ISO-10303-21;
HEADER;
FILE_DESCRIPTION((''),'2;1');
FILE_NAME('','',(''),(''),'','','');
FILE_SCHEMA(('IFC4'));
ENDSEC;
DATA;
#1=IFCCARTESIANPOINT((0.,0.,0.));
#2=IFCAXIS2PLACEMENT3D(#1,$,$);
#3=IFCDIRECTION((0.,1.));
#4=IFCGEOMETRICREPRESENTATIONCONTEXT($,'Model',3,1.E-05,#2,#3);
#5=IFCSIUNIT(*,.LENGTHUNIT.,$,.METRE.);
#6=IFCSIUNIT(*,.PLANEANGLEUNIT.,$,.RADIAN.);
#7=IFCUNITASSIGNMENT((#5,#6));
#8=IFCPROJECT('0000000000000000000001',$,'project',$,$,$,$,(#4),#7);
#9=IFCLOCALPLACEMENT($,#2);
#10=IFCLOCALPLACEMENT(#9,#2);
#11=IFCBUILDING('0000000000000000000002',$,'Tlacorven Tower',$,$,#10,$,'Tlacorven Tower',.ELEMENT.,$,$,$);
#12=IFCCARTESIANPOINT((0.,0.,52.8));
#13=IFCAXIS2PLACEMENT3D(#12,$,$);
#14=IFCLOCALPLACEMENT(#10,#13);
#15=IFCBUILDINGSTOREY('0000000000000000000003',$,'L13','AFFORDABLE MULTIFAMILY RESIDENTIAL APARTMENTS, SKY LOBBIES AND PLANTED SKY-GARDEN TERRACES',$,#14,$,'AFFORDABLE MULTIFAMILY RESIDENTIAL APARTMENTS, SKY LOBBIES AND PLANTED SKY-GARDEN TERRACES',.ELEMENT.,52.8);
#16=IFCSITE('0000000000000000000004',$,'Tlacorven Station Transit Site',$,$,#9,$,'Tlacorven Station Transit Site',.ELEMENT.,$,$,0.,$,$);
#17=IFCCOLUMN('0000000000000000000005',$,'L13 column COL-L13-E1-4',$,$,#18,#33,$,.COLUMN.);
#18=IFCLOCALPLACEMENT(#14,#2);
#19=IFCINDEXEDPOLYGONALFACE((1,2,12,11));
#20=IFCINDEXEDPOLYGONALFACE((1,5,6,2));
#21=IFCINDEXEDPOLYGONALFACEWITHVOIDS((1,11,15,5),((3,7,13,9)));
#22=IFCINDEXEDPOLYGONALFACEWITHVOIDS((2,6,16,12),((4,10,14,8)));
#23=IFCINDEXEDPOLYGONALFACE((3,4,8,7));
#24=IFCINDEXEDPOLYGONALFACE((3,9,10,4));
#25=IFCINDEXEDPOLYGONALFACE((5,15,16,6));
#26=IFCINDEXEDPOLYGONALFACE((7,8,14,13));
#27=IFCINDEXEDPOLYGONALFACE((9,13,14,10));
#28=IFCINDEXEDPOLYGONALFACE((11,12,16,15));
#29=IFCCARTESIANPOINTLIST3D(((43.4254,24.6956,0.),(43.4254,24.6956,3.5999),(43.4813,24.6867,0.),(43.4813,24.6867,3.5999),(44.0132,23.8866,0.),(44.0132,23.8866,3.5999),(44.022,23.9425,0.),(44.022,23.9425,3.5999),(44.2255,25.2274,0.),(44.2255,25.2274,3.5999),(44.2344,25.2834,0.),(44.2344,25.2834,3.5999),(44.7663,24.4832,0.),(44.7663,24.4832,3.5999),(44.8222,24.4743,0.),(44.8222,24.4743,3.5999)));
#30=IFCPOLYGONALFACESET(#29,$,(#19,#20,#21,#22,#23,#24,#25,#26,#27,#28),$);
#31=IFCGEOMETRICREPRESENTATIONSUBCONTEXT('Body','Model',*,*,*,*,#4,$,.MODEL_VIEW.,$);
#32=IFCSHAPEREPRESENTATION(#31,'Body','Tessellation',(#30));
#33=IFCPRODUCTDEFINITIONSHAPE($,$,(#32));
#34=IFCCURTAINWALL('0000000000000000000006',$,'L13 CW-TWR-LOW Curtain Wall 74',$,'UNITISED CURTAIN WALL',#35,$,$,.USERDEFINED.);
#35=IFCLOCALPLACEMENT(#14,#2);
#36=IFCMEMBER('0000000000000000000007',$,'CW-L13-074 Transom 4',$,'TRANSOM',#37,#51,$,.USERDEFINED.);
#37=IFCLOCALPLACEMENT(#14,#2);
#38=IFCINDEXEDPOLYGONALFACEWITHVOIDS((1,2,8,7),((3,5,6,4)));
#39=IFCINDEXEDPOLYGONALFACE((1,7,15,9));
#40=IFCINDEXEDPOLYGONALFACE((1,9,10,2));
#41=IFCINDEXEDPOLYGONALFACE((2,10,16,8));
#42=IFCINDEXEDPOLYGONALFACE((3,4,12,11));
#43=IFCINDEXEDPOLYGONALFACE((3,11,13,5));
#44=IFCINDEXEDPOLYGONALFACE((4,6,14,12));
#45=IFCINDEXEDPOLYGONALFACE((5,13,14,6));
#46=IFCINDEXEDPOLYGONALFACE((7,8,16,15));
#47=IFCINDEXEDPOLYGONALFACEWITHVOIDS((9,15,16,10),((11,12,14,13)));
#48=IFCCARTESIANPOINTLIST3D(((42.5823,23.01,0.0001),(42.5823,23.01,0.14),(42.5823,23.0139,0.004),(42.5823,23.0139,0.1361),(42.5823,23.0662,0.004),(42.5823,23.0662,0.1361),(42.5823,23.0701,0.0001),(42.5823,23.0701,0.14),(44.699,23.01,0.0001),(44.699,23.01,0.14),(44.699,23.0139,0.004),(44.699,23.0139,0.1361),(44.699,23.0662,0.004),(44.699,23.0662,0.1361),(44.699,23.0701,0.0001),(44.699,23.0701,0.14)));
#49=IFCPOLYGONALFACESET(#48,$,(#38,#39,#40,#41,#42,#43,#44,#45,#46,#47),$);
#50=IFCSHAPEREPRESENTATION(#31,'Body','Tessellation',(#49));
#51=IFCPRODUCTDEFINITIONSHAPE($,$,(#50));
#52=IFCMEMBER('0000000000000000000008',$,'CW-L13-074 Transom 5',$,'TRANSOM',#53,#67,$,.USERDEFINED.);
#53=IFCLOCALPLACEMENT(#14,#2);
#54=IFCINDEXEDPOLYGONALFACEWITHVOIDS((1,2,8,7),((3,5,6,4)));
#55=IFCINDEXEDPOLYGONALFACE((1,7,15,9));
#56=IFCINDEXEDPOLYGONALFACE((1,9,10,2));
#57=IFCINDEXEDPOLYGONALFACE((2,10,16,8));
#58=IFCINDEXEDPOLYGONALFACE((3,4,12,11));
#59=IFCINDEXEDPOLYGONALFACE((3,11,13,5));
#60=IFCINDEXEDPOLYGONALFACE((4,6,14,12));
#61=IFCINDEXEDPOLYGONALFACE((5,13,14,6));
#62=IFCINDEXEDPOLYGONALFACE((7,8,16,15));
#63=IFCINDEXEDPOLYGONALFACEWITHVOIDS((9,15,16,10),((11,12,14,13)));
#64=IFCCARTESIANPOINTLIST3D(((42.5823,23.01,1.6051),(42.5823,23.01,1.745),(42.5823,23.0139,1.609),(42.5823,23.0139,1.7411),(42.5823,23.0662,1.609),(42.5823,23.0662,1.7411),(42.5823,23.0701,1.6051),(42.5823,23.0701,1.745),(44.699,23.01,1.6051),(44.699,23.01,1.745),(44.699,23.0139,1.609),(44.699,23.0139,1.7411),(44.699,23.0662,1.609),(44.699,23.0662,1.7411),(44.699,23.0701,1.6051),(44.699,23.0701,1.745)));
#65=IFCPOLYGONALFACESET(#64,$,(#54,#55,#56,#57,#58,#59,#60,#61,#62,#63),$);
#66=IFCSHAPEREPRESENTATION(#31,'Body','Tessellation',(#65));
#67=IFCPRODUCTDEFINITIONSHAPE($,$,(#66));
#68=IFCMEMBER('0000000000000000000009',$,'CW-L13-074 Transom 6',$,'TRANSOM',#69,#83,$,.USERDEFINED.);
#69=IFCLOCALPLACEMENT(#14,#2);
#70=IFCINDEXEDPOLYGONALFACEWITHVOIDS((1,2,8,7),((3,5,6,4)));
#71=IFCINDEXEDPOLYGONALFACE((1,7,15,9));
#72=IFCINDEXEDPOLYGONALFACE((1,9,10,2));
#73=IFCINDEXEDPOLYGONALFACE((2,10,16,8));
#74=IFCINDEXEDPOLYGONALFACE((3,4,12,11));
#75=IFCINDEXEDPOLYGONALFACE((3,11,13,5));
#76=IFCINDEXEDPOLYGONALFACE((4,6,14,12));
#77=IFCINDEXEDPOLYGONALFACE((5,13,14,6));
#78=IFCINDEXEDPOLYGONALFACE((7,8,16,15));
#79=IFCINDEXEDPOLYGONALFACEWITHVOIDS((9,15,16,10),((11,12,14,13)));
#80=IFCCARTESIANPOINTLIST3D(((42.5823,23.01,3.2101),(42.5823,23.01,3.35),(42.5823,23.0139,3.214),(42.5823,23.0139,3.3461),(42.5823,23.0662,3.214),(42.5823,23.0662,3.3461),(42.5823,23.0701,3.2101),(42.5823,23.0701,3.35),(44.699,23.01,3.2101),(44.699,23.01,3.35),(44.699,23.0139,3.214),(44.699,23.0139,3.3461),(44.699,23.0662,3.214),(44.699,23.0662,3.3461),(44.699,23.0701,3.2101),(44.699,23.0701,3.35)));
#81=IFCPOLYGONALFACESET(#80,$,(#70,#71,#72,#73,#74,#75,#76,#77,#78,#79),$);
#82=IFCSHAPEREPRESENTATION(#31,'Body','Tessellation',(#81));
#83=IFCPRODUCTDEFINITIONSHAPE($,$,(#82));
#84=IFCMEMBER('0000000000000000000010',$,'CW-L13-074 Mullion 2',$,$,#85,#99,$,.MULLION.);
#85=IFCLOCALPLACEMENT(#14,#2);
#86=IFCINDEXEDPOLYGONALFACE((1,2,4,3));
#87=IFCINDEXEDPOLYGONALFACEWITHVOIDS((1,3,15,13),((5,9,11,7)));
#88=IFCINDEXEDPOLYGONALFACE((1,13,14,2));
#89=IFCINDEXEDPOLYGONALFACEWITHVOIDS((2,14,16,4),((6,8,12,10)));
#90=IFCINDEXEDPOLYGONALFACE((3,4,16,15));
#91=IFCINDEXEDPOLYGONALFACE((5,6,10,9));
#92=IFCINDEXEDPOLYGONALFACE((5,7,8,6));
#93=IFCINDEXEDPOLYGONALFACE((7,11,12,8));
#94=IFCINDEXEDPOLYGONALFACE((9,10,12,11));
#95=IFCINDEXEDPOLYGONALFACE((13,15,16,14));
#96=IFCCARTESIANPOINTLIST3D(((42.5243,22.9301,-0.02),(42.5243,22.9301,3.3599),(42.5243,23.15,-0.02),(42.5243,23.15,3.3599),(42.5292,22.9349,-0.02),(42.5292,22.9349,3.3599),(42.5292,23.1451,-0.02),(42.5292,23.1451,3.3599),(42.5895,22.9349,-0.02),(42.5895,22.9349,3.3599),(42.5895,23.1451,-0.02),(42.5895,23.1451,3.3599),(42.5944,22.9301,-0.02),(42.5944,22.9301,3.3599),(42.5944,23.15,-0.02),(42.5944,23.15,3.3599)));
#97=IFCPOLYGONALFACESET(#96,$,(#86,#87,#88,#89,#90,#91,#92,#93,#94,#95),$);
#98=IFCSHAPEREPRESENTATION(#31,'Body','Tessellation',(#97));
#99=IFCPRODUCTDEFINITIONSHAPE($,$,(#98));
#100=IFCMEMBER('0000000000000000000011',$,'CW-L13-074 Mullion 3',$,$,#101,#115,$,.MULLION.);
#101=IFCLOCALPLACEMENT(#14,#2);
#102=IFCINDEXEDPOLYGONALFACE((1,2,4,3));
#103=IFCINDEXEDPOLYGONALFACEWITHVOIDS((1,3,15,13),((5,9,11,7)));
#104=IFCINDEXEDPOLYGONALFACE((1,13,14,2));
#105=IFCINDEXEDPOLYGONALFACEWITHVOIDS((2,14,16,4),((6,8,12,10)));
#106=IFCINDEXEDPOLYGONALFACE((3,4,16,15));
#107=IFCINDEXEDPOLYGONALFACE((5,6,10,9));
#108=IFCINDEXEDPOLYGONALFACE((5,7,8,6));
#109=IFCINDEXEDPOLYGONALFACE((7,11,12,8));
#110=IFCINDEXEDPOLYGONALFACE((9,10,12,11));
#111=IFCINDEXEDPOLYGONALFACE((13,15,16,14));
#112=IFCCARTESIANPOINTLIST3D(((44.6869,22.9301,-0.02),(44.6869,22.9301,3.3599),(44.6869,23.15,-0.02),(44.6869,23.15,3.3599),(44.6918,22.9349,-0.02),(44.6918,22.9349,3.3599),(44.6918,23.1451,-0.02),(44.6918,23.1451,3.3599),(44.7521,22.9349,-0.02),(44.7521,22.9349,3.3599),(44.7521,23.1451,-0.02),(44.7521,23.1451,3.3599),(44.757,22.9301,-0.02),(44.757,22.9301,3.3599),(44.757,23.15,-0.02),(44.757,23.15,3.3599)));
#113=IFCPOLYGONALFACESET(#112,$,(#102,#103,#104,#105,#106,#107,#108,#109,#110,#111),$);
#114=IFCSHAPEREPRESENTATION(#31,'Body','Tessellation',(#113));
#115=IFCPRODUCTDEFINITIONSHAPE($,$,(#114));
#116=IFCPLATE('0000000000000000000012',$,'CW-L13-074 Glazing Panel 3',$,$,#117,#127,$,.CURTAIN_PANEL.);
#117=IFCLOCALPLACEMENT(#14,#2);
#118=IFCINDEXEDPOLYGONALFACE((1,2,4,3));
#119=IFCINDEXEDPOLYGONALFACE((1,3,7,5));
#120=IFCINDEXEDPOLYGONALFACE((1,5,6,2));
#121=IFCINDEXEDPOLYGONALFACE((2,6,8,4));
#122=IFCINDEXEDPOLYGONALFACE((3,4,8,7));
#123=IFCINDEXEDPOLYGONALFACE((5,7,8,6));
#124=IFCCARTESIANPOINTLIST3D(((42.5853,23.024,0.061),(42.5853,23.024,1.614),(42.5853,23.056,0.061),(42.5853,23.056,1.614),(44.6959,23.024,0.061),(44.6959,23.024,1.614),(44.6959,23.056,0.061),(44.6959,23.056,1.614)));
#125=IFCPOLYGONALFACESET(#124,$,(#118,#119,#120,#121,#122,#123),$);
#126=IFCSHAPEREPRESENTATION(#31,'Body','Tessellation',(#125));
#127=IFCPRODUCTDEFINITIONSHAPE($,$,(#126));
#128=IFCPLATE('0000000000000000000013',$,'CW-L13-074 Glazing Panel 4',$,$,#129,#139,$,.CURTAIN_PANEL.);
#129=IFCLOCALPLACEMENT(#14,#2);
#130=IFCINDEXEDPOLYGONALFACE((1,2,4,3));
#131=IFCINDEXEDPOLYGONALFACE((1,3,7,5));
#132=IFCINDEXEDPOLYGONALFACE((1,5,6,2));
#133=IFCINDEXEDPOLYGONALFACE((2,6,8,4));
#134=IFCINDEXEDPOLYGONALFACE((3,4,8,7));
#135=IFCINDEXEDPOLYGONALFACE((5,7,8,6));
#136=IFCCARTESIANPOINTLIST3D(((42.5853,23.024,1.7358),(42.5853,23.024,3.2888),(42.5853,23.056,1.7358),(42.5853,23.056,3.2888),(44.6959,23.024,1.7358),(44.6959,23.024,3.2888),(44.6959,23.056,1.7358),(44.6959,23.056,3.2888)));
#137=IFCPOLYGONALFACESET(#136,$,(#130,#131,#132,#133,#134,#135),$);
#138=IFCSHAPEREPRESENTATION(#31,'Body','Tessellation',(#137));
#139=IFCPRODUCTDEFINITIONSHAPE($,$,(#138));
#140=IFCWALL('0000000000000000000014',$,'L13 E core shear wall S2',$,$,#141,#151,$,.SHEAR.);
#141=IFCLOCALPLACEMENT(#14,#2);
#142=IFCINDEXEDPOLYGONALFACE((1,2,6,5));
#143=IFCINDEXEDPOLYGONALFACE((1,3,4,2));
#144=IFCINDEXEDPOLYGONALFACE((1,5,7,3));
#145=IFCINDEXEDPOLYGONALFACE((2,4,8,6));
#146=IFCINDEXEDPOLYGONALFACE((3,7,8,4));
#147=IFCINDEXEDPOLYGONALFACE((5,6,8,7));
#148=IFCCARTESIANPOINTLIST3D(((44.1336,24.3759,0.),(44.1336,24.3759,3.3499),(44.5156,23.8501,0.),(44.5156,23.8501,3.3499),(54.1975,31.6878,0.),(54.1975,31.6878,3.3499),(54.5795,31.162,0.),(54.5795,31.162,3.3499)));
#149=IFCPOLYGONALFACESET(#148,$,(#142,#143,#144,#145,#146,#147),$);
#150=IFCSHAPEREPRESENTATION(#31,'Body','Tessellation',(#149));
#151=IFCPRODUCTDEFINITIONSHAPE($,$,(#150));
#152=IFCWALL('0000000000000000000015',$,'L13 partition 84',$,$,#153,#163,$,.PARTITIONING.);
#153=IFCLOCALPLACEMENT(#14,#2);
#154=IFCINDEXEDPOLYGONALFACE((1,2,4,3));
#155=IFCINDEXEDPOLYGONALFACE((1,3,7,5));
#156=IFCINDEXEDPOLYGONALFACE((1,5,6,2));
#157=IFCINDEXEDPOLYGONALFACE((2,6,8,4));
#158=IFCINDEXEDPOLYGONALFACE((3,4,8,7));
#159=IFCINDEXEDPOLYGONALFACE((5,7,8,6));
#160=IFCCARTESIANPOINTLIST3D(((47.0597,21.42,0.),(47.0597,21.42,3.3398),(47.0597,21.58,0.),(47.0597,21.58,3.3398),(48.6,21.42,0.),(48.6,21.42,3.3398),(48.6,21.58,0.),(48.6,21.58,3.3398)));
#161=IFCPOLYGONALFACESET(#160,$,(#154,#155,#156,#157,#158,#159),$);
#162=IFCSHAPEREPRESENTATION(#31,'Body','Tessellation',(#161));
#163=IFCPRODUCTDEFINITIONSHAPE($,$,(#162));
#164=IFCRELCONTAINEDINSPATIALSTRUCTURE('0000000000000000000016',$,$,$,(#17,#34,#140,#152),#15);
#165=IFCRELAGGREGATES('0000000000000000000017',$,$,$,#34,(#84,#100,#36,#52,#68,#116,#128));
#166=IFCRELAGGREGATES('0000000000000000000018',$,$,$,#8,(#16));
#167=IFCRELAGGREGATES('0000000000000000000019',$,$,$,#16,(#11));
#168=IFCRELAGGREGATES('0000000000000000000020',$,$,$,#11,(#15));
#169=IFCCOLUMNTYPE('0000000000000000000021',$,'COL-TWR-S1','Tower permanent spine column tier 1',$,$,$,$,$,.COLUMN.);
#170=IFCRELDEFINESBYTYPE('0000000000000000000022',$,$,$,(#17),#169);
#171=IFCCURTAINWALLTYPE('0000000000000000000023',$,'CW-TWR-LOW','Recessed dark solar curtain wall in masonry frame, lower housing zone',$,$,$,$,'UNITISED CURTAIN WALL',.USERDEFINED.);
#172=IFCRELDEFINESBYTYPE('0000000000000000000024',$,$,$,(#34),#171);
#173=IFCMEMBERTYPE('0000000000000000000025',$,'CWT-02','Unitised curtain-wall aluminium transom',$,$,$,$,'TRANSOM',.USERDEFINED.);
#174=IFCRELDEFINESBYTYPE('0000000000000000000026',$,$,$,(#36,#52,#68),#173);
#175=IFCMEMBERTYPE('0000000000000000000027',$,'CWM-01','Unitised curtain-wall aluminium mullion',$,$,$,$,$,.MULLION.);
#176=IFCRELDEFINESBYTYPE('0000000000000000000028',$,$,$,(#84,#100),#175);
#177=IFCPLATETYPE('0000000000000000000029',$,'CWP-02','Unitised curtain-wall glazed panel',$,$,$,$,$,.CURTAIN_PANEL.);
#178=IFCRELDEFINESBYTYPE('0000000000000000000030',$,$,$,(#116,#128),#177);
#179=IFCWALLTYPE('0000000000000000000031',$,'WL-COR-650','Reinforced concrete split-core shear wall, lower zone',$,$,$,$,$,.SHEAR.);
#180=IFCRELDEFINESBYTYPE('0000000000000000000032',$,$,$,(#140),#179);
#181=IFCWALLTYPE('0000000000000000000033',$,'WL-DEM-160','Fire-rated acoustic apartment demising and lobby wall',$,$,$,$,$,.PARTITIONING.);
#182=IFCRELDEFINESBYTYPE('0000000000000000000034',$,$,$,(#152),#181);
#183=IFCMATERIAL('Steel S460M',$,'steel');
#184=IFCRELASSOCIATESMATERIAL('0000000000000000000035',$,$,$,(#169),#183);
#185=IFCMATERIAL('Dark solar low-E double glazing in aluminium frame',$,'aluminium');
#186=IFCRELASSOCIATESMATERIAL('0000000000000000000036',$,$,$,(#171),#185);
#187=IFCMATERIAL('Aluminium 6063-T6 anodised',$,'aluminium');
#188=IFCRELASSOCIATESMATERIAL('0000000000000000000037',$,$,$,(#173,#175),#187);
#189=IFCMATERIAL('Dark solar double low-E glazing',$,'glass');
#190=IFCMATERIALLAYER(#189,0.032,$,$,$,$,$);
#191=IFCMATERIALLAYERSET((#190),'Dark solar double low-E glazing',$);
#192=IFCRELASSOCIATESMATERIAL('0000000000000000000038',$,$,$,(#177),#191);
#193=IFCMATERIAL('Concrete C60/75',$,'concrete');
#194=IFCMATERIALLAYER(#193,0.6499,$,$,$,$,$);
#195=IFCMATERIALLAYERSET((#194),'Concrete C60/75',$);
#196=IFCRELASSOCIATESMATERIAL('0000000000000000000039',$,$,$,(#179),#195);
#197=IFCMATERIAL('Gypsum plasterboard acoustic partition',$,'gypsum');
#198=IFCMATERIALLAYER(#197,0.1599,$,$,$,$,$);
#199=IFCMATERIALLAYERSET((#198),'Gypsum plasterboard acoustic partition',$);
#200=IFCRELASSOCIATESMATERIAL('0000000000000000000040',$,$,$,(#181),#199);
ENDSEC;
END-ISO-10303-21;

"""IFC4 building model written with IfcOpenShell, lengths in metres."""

from ifc_helpers import new_model, si_unit, direction, frame, frame_2d, origin, origin_2d, place, context, subcontext, project, spatial, rectangle, hollow_rectangle, extrude, source, transform, mapped, material, layer, layer_set, material_profile, profile_set, type_object, element, aggregate, save


model = new_model("IFC4")

# Units and contexts
model_context = context("Model", 3, precision=1e-05, world=origin(), true_north=direction((0.0, 1.0)))
body_context = subcontext(model_context, "Body", "Model", "MODEL_VIEW")
ifc_project = project(units=[si_unit("LENGTHUNIT", "METRE"), si_unit("PLANEANGLEUNIT", "RADIAN")], contexts=[model_context])

# Site, building, storey
site_placement = place(None, origin())
site = spatial("IfcSite", under=ifc_project, at=site_placement, Name="Tlacorven Station Transit Site", LongName="Tlacorven Station Transit Site", CompositionType="ELEMENT", RefElevation=0.0)
building_placement = place(site_placement, origin())
building = spatial("IfcBuilding", under=site, at=building_placement, Name="Tlacorven Tower", LongName="Tlacorven Tower", CompositionType="ELEMENT")
storey_placement = place(building_placement, frame((0.0, 0.0, 52.8)))
storey = spatial("IfcBuildingStorey", under=building, at=storey_placement, Name="L13", Description="AFFORDABLE MULTIFAMILY RESIDENTIAL APARTMENTS, SKY LOBBIES AND PLANTED SKY-GARDEN TERRACES", LongName="AFFORDABLE MULTIFAMILY RESIDENTIAL APARTMENTS, SKY LOBBIES AND PLANTED SKY-GARDEN TERRACES", CompositionType="ELEMENT", Elevation=52.8)

# Column
ifc_material_1 = material(Name="Steel S460M", Category="steel")
ifc_material_profile_1 = material_profile(ifc_material_1, hollow_rectangle(XDim=1.0, YDim=1.0, WallThickness=0.04, at=origin_2d()), Name="BOX 1000X1000X40")
ifc_profile_set_1 = profile_set([ifc_material_profile_1], Name="Steel S460M")
column_type = type_object("IfcColumnType", Name="COL-TWR-S1", Description="Tower permanent spine column tier 1", PredefinedType="COLUMN", material=ifc_profile_set_1)
shared_shape_1 = source(origin(), body_context, "Body", "SweptSolid", [
    extrude(hollow_rectangle(XDim=1.0, YDim=1.0, WallThickness=0.04, at=origin_2d()), origin(), (0.0, 0.0, 1.0), 3.5999),
])
column_placement = place(storey_placement, frame((44.1238, 24.585, 0.0), z_axis=(0.0, 0.0, 1.0), x_axis=(0.809017, 0.587785, 0.0)))
element("IfcColumn", 1, at=column_placement, inside=storey, type_object=column_type, Name="L13 column COL-L13-E1-4", PredefinedType="COLUMN", context=body_context, shape_type="MappedRepresentation", body=[
    mapped(shared_shape_1, transform((0.0, 0.0, 0.0), scale=1.0)),
])

# Curtain wall, members, plates
ifc_material_2 = material(Name="Dark solar low-E double glazing in aluminium frame", Category="aluminium")
curtain_wall_type = type_object("IfcCurtainWallType", Name="CW-TWR-LOW", Description="Recessed dark solar curtain wall in masonry frame, lower housing zone", ElementType="UNITISED CURTAIN WALL", PredefinedType="USERDEFINED", material=ifc_material_2)
curtain_wall_placement = place(storey_placement, origin())
curtain_wall = element("IfcCurtainWall", 2, at=curtain_wall_placement, inside=storey, type_object=curtain_wall_type, Name="L13 CW-TWR-LOW Curtain Wall 74", ObjectType="UNITISED CURTAIN WALL", PredefinedType="USERDEFINED")
ifc_material_3 = material(Name="Aluminium 6063-T6 anodised", Category="aluminium")
ifc_material_profile_2 = material_profile(ifc_material_3, hollow_rectangle(XDim=0.0601, YDim=0.1399, WallThickness=0.0039, at=origin_2d()), Name="ALU TRANSOM 60X140")
ifc_profile_set_2 = profile_set([ifc_material_profile_2], Name="Aluminium 6063-T6 anodised")
member_type_1 = type_object("IfcMemberType", Name="CWT-02", Description="Unitised curtain-wall aluminium transom", ElementType="TRANSOM", PredefinedType="USERDEFINED", material=ifc_profile_set_2)
shared_shape_2 = source(origin(), body_context, "Body", "SweptSolid", [
    extrude(hollow_rectangle(XDim=0.0601, YDim=0.1399, WallThickness=0.0039, at=origin_2d()), origin(), (0.0, 0.0, 1.0), 2.1167),
])
member_1_placement = place(storey_placement, frame((42.5823, 23.04, 0.0701), z_axis=(1.0, 0.0, 0.0), x_axis=(0.0, 1.0, 0.0)))
member_1 = element("IfcMember", 3, at=member_1_placement, type_object=member_type_1, Name="CW-L13-074 Transom 4", ObjectType="TRANSOM", PredefinedType="USERDEFINED", context=body_context, shape_type="MappedRepresentation", body=[
    mapped(shared_shape_2, transform((0.0, 0.0, 0.0), scale=1.0)),
])
member_2_placement = place(storey_placement, frame((42.5823, 23.04, 1.675), z_axis=(1.0, 0.0, 0.0), x_axis=(0.0, 1.0, 0.0)))
member_2 = element("IfcMember", 4, at=member_2_placement, type_object=member_type_1, Name="CW-L13-074 Transom 5", ObjectType="TRANSOM", PredefinedType="USERDEFINED", context=body_context, shape_type="MappedRepresentation", body=[
    mapped(shared_shape_2, transform((0.0, 0.0, 0.0), scale=1.0)),
])
member_3_placement = place(storey_placement, frame((42.5823, 23.04, 3.28), z_axis=(1.0, 0.0, 0.0), x_axis=(0.0, 1.0, 0.0)))
member_3 = element("IfcMember", 5, at=member_3_placement, type_object=member_type_1, Name="CW-L13-074 Transom 6", ObjectType="TRANSOM", PredefinedType="USERDEFINED", context=body_context, shape_type="MappedRepresentation", body=[
    mapped(shared_shape_2, transform((0.0, 0.0, 0.0), scale=1.0)),
])
ifc_material_profile_3 = material_profile(ifc_material_3, hollow_rectangle(XDim=0.0701, YDim=0.22, WallThickness=0.0049, at=origin_2d()), Name="ALU MULLION 70X220")
ifc_profile_set_3 = profile_set([ifc_material_profile_3], Name="Aluminium 6063-T6 anodised")
member_type_2 = type_object("IfcMemberType", Name="CWM-01", Description="Unitised curtain-wall aluminium mullion", PredefinedType="MULLION", material=ifc_profile_set_3)
shared_shape_3 = source(origin(), body_context, "Body", "SweptSolid", [
    extrude(hollow_rectangle(XDim=0.0701, YDim=0.22, WallThickness=0.0049, at=origin_2d()), origin(), (0.0, 0.0, 1.0), 3.3799),
])
member_4_placement = place(storey_placement, frame((42.5593, 23.04, -0.02), z_axis=(0.0, 0.0, 1.0), x_axis=(1.0, 0.0, 0.0)))
member_4 = element("IfcMember", 6, at=member_4_placement, type_object=member_type_2, Name="CW-L13-074 Mullion 2", PredefinedType="MULLION", context=body_context, shape_type="MappedRepresentation", body=[
    mapped(shared_shape_3, transform((0.0, 0.0, 0.0), scale=1.0)),
])
member_5_placement = place(storey_placement, frame((44.7219, 23.04, -0.02), z_axis=(0.0, 0.0, 1.0), x_axis=(1.0, 0.0, 0.0)))
member_5 = element("IfcMember", 7, at=member_5_placement, type_object=member_type_2, Name="CW-L13-074 Mullion 3", PredefinedType="MULLION", context=body_context, shape_type="MappedRepresentation", body=[
    mapped(shared_shape_3, transform((0.0, 0.0, 0.0), scale=1.0)),
])
ifc_material_4 = material(Name="Dark solar double low-E glazing", Category="glass")
ifc_layer_1 = layer(ifc_material_4, 0.032)
ifc_layer_set_1 = layer_set([ifc_layer_1], Name="Dark solar double low-E glazing")
plate_type = type_object("IfcPlateType", Name="CWP-02", Description="Unitised curtain-wall glazed panel", PredefinedType="CURTAIN_PANEL", material=ifc_layer_set_1)
shared_shape_4 = source(origin(), body_context, "Body", "SweptSolid", [
    extrude(rectangle(XDim=2.1106, YDim=0.032, at=origin_2d()), origin(), (0.0, 0.0, 1.0), 1.553),
])
plate_1_placement = place(storey_placement, frame((43.6406, 23.04, 0.061), z_axis=(0.0, 0.0, 1.0), x_axis=(1.0, 0.0, 0.0)))
plate_1 = element("IfcPlate", 8, at=plate_1_placement, type_object=plate_type, Name="CW-L13-074 Glazing Panel 3", PredefinedType="CURTAIN_PANEL", context=body_context, shape_type="MappedRepresentation", body=[
    mapped(shared_shape_4, transform((0.0, 0.0, 0.0), scale=1.0)),
])
plate_2_placement = place(storey_placement, frame((43.6406, 23.04, 1.7358), z_axis=(0.0, 0.0, 1.0), x_axis=(1.0, 0.0, 0.0)))
plate_2 = element("IfcPlate", 9, at=plate_2_placement, type_object=plate_type, Name="CW-L13-074 Glazing Panel 4", PredefinedType="CURTAIN_PANEL", context=body_context, shape_type="MappedRepresentation", body=[
    mapped(shared_shape_4, transform((0.0, 0.0, 0.0), scale=1.0)),
])
aggregate(curtain_wall, [member_4, member_5, member_1, member_2, member_3, plate_1, plate_2])

# Walls
ifc_material_5 = material(Name="Concrete C60/75", Category="concrete")
ifc_layer_2 = layer(ifc_material_5, 0.6499)
ifc_layer_set_2 = layer_set([ifc_layer_2], Name="Concrete C60/75")
wall_type_1 = type_object("IfcWallType", Name="WL-COR-650", Description="Reinforced concrete split-core shear wall, lower zone", PredefinedType="SHEAR", material=ifc_layer_set_2)
wall_1_placement = place(storey_placement, frame((44.3247, 24.113, 0.0), z_axis=(0.0, 0.0, 1.0), x_axis=(0.809013, 0.587791, 0.0)))
element("IfcWall", 10, at=wall_1_placement, inside=storey, type_object=wall_type_1, Name="L13 E core shear wall S2", PredefinedType="SHEAR", context=body_context, shape_type="SweptSolid", body=[
    extrude(rectangle(XDim=12.4397, YDim=0.6499, at=frame_2d((6.2197, 0.0))), origin(), (0.0, 0.0, 1.0), 3.3499),
])
ifc_material_6 = material(Name="Gypsum plasterboard acoustic partition", Category="gypsum")
ifc_layer_3 = layer(ifc_material_6, 0.1599)
ifc_layer_set_3 = layer_set([ifc_layer_3], Name="Gypsum plasterboard acoustic partition")
wall_type_2 = type_object("IfcWallType", Name="WL-DEM-160", Description="Fire-rated acoustic apartment demising and lobby wall", PredefinedType="PARTITIONING", material=ifc_layer_set_3)
wall_2_placement = place(storey_placement, frame((47.0598, 21.5, 0.0), z_axis=(0.0, 0.0, 1.0), x_axis=(1.0, 0.0, 0.0)))
element("IfcWall", 11, at=wall_2_placement, inside=storey, type_object=wall_type_2, Name="L13 partition 84", PredefinedType="PARTITIONING", context=body_context, shape_type="SweptSolid", body=[
    extrude(rectangle(XDim=1.5403, YDim=0.1599, at=frame_2d((0.77, 0.0))), origin(), (0.0, 0.0, 1.0), 3.3398),
])

save(model, "model.ifc")
